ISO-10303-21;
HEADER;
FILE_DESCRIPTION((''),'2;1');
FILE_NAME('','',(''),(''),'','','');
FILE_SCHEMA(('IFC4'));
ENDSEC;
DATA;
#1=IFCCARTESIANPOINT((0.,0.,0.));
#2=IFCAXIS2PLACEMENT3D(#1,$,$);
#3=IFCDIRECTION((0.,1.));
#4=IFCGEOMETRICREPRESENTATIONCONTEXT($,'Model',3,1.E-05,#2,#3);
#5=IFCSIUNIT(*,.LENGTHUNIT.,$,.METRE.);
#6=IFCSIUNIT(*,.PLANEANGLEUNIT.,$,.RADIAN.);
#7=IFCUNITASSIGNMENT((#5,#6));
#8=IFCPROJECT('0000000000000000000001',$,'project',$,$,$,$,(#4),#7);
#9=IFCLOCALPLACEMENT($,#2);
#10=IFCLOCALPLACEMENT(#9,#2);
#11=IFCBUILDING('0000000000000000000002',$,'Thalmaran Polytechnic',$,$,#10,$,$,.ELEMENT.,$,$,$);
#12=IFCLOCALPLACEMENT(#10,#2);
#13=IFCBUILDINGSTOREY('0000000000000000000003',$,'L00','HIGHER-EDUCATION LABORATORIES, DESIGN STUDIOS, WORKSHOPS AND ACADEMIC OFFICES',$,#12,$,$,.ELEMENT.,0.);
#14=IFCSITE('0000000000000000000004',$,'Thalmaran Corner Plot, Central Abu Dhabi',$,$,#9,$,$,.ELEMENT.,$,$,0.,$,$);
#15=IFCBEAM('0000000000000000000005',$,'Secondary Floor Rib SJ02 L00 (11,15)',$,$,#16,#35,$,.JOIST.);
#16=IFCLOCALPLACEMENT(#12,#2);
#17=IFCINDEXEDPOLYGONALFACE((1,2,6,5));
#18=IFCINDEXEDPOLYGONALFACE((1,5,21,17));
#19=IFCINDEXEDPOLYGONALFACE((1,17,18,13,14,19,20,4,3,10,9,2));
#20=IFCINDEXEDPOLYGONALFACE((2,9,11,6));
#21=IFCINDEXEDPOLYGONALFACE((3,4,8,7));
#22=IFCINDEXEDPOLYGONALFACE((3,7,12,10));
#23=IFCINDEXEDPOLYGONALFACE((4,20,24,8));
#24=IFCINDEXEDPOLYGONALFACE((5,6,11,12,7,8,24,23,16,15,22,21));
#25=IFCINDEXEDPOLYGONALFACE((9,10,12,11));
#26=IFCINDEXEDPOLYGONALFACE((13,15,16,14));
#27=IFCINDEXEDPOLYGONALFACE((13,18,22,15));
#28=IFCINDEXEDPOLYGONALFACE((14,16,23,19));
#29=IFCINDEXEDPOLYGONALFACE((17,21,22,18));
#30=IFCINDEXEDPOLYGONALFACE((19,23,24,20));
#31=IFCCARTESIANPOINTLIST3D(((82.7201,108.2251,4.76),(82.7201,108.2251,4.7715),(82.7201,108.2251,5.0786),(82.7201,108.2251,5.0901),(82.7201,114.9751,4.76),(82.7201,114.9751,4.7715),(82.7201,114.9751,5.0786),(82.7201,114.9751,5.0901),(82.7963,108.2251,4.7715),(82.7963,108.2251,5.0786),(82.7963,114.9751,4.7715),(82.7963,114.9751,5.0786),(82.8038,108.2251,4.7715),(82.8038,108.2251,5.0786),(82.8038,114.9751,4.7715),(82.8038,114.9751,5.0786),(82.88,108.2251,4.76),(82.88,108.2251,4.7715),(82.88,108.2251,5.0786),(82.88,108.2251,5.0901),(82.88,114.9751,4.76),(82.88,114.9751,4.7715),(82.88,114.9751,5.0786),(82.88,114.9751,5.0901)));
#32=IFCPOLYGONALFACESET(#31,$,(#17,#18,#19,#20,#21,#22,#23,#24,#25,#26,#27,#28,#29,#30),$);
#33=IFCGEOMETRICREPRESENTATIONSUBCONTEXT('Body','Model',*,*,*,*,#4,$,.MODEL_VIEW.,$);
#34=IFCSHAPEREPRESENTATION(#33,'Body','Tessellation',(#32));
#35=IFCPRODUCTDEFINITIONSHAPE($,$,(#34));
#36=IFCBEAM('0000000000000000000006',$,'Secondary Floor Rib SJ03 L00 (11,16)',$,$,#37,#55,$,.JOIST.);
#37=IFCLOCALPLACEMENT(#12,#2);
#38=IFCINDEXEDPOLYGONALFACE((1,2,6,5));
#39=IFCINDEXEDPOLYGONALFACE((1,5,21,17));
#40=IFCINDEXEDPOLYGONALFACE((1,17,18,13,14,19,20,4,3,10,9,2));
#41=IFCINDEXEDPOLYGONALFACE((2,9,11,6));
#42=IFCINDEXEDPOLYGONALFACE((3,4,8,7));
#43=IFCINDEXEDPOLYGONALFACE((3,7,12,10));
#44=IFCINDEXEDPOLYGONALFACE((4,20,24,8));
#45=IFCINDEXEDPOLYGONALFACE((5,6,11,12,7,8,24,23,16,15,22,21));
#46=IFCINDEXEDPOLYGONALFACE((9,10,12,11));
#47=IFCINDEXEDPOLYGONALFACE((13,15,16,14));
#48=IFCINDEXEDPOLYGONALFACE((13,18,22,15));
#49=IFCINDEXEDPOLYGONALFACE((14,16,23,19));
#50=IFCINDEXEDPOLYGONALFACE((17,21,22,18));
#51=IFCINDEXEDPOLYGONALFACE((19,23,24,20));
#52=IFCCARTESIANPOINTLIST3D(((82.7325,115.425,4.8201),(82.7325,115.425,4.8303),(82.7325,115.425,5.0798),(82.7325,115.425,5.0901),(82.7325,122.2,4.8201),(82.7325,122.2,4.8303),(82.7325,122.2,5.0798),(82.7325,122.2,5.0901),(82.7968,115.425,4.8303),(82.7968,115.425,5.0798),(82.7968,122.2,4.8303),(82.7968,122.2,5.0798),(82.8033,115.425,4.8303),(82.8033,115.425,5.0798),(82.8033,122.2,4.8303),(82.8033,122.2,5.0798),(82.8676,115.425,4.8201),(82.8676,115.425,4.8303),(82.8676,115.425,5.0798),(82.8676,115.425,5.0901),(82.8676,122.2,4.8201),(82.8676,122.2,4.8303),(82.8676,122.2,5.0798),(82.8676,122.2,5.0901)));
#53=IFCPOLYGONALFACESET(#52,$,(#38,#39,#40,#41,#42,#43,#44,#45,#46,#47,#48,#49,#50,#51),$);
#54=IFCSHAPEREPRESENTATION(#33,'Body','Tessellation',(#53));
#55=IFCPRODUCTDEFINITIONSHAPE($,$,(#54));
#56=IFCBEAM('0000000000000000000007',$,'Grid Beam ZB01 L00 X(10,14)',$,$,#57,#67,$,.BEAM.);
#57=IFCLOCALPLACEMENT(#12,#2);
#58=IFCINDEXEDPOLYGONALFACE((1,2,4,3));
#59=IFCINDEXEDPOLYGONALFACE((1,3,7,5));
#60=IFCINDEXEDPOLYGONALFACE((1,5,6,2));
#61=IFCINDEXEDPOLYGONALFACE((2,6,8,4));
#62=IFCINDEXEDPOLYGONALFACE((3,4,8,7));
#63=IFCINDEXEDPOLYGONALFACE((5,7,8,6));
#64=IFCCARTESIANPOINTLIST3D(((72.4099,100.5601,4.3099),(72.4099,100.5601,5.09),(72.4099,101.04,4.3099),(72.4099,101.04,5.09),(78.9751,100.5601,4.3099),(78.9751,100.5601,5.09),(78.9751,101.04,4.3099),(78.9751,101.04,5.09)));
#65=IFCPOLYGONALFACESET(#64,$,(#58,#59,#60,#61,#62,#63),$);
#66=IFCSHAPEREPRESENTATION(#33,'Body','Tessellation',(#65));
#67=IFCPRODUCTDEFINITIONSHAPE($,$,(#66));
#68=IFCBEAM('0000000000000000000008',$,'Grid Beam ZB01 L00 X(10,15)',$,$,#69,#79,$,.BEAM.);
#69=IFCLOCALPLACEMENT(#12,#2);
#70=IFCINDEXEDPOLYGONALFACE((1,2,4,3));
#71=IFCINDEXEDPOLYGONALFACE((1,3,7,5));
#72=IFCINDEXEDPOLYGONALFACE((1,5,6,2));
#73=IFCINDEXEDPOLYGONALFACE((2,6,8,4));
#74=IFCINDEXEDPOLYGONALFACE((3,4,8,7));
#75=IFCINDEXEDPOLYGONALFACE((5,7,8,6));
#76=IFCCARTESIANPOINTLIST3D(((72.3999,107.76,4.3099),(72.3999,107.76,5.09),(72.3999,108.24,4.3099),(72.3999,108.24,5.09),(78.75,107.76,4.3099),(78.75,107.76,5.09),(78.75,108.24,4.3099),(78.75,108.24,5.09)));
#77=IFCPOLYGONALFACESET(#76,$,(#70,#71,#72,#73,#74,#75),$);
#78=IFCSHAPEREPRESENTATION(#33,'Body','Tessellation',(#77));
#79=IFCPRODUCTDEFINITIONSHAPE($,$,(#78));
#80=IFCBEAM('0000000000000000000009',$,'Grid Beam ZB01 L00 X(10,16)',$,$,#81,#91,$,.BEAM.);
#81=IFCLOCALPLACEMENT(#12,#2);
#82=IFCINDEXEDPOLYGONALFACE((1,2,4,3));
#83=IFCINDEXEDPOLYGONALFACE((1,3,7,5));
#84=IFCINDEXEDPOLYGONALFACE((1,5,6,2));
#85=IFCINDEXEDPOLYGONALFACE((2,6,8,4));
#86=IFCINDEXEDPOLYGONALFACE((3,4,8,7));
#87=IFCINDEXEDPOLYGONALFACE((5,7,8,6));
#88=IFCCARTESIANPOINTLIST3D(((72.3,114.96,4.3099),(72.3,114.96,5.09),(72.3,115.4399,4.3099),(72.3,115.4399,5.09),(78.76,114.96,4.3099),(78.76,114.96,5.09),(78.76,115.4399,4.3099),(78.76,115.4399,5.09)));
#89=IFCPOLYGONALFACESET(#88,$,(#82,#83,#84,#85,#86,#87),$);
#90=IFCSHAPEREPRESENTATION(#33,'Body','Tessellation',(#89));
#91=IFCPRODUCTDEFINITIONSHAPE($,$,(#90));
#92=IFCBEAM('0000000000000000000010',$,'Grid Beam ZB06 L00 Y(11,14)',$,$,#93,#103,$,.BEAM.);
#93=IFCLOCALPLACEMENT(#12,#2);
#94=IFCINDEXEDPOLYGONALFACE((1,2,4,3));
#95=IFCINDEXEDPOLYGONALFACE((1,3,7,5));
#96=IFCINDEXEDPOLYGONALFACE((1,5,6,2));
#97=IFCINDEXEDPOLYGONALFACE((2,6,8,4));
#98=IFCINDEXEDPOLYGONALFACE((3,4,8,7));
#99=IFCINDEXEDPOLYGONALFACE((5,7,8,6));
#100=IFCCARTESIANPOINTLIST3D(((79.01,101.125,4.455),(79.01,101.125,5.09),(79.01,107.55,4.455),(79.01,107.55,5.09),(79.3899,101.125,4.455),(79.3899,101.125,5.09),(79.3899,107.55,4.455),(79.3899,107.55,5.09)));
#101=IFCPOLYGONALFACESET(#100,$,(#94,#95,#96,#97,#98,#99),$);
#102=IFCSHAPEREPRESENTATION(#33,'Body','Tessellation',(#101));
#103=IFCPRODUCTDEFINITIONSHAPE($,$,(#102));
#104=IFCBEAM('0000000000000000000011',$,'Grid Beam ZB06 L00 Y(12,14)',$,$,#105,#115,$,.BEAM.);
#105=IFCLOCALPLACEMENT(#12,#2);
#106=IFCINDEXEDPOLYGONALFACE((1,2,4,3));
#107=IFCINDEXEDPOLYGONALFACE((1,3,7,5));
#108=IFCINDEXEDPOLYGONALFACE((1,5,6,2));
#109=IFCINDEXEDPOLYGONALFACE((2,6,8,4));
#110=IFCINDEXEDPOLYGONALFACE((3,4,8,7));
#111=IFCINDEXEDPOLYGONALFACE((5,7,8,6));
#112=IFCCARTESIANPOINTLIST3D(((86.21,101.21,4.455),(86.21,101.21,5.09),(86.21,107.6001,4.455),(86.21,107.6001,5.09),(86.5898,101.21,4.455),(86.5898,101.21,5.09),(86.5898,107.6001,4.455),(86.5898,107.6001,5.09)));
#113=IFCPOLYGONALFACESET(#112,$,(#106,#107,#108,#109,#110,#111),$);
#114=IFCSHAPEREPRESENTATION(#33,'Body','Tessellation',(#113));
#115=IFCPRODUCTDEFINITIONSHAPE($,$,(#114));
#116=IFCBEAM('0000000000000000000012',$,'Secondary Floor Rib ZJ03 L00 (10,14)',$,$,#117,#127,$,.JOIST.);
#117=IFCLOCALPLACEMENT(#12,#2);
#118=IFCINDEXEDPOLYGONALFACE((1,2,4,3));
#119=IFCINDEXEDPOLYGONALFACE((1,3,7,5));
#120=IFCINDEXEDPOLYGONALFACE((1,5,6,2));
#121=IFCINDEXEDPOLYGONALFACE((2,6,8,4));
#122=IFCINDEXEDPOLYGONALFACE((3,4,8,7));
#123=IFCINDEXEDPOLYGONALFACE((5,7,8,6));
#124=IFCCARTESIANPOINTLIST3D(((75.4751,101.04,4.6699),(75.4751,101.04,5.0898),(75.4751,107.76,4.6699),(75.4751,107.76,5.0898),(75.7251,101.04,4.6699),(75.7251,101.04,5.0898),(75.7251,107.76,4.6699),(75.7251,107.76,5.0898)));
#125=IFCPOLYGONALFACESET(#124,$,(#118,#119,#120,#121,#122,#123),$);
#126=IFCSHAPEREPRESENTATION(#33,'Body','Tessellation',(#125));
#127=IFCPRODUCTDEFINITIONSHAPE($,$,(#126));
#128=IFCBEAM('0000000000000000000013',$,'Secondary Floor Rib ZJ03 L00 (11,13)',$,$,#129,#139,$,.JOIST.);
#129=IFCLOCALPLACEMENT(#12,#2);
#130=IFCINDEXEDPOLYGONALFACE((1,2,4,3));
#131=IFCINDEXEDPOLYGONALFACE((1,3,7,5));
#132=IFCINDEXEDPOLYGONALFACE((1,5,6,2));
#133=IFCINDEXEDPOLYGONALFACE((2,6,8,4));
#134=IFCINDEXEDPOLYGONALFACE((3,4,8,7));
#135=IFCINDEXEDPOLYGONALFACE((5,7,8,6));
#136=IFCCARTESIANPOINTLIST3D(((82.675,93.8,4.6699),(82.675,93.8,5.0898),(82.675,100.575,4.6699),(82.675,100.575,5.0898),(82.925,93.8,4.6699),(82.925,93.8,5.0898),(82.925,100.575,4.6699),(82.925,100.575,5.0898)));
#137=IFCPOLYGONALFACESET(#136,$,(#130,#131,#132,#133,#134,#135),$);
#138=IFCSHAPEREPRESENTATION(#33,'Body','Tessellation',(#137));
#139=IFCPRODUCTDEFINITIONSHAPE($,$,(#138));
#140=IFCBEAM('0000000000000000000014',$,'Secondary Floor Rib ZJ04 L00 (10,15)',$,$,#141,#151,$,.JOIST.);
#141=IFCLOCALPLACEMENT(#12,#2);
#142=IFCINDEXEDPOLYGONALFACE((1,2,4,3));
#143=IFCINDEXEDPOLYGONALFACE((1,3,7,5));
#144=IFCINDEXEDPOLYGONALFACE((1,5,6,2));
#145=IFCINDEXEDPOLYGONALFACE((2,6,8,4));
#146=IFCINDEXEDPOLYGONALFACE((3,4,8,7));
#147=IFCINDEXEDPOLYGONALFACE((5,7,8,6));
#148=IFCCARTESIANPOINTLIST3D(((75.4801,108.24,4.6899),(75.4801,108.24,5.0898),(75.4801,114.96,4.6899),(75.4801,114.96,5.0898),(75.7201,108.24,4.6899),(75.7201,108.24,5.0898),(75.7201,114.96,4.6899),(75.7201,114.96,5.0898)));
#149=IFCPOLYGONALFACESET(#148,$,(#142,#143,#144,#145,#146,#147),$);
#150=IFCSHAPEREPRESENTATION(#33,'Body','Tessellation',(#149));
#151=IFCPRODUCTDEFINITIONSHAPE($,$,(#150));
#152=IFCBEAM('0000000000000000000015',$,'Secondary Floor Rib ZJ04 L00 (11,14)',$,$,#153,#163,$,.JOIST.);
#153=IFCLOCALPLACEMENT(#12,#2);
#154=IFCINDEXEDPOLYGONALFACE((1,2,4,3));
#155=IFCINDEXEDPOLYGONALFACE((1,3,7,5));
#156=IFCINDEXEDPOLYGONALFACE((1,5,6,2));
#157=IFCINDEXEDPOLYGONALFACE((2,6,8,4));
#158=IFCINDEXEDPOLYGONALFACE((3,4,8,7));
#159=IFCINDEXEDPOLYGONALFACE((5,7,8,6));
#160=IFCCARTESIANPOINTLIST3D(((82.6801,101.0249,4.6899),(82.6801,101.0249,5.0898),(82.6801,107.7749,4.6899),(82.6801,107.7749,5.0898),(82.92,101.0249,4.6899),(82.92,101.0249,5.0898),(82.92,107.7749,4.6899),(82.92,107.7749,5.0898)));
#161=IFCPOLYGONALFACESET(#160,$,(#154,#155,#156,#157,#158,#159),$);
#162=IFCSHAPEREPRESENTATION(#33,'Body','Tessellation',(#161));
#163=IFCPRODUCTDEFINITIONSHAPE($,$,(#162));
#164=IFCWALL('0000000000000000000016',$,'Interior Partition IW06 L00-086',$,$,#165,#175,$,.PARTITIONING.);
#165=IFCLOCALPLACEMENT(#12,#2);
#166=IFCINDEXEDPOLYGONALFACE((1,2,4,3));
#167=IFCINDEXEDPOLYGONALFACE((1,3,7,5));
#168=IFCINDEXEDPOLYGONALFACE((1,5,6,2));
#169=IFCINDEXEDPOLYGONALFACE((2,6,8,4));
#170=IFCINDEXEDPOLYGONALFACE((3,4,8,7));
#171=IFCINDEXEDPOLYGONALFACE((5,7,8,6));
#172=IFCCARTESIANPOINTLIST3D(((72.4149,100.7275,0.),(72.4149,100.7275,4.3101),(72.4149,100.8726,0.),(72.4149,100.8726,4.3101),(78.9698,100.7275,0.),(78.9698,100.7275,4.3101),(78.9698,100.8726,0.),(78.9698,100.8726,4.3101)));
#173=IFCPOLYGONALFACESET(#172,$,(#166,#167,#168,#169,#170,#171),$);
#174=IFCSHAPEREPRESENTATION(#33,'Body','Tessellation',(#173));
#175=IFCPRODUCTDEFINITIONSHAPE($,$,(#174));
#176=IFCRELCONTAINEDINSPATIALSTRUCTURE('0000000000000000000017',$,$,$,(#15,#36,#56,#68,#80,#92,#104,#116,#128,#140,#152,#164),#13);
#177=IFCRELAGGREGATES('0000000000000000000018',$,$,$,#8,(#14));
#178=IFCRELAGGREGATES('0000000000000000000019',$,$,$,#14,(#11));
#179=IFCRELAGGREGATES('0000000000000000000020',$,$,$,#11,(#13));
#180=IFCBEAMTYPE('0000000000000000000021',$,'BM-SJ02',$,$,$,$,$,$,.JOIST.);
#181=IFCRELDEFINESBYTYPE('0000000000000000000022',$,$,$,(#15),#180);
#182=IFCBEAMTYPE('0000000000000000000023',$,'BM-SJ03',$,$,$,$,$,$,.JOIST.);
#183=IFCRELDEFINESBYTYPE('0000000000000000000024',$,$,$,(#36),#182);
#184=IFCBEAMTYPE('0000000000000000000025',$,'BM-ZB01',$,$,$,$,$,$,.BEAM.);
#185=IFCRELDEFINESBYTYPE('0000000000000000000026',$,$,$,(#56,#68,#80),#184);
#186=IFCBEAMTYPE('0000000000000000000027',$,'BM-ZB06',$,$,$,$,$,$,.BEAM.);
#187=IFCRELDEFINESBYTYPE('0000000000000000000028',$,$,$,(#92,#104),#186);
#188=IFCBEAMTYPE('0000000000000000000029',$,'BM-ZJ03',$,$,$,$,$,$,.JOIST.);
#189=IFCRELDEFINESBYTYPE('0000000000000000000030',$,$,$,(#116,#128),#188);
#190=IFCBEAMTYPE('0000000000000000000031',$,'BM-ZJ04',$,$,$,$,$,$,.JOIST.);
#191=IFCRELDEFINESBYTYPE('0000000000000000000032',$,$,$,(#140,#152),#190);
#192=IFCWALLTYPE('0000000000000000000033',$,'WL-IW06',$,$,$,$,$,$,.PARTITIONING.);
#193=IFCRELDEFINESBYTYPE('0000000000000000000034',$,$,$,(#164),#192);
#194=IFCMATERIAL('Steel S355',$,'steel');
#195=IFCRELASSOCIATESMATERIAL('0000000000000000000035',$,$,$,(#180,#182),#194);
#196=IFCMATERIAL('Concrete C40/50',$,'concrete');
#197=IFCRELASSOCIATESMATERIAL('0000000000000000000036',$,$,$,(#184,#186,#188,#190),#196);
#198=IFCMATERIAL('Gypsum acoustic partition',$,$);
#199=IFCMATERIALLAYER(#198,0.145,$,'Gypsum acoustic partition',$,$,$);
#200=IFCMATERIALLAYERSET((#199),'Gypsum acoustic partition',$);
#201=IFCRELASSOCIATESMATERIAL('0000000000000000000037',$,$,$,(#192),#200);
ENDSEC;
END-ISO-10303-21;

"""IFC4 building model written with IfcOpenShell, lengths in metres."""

from ifc_helpers import new_model, si_unit, direction, frame, frame_2d, origin, origin_2d, place, context, subcontext, project, spatial, rectangle, i_section, extrude, material, layer, layer_set, material_profile, profile_set, type_object, element, save


model = new_model("IFC4")

# Units and contexts
model_context = context("Model", 3, precision=1e-05, world=origin(), true_north=direction((0.0, 1.0)))
body_context = subcontext(model_context, "Body", "Model", "MODEL_VIEW")
ifc_project = project(units=[si_unit("LENGTHUNIT", "METRE"), si_unit("PLANEANGLEUNIT", "RADIAN")], contexts=[model_context])

# Site, building, storey
site_placement = place(None, origin())
site = spatial("IfcSite", under=ifc_project, at=site_placement, Name="Thalmaran Corner Plot, Central Abu Dhabi", CompositionType="ELEMENT", RefElevation=0.0)
building_placement = place(site_placement, origin())
building = spatial("IfcBuilding", under=site, at=building_placement, Name="Thalmaran Polytechnic", CompositionType="ELEMENT")
storey_placement = place(building_placement, origin())
storey = spatial("IfcBuildingStorey", under=building, at=storey_placement, Name="L00", Description="HIGHER-EDUCATION LABORATORIES, DESIGN STUDIOS, WORKSHOPS AND ACADEMIC OFFICES", CompositionType="ELEMENT", Elevation=0.0)

# Shared definitions
ifc_material_1 = material(Name="Concrete C40/50", Category="concrete")

# Beams
ifc_material_2 = material(Name="Steel S355", Category="steel")
ifc_material_profile_1 = material_profile(ifc_material_2, i_section(OverallWidth=0.1599, OverallDepth=0.3301, WebThickness=0.0076, FlangeThickness=0.0115, at=origin_2d()), Name="IPE 330")
ifc_profile_set_1 = profile_set([ifc_material_profile_1], Name="Steel S355")
beam_type_1 = type_object("IfcBeamType", Name="BM-SJ02", PredefinedType="JOIST", material=ifc_profile_set_1)
beam_1_placement = place(storey_placement, frame((82.8, 108.2251, 4.925), z_axis=(0.0, 1.0, 0.0), x_axis=(-1.0, 0.0, 0.0)))
element("IfcBeam", 1, at=beam_1_placement, inside=storey, type_object=beam_type_1, Name="Secondary Floor Rib SJ02 L00 (11,15)", PredefinedType="JOIST", context=body_context, shape_type="SweptSolid", body=[
    extrude(i_section(OverallWidth=0.1599, OverallDepth=0.3301, WebThickness=0.0076, FlangeThickness=0.0115, at=origin_2d()), origin(), (0.0, 0.0, 1.0), 6.75),
])
ifc_material_profile_2 = material_profile(ifc_material_2, i_section(OverallWidth=0.135, OverallDepth=0.27, WebThickness=0.0066, FlangeThickness=0.0103, at=origin_2d()), Name="IPE 270")
ifc_profile_set_2 = profile_set([ifc_material_profile_2], Name="Steel S355")
beam_type_2 = type_object("IfcBeamType", Name="BM-SJ03", PredefinedType="JOIST", material=ifc_profile_set_2)
beam_2_placement = place(storey_placement, frame((82.8, 115.425, 4.9551), z_axis=(0.0, 1.0, 0.0), x_axis=(-1.0, 0.0, 0.0)))
element("IfcBeam", 2, at=beam_2_placement, inside=storey, type_object=beam_type_2, Name="Secondary Floor Rib SJ03 L00 (11,16)", PredefinedType="JOIST", context=body_context, shape_type="SweptSolid", body=[
    extrude(i_section(OverallWidth=0.135, OverallDepth=0.27, WebThickness=0.0066, FlangeThickness=0.0103, at=origin_2d()), origin(), (0.0, 0.0, 1.0), 6.7749),
])
ifc_material_profile_3 = material_profile(ifc_material_1, rectangle(XDim=0.48, YDim=0.78, at=origin_2d()), Name="RC 480x780")
ifc_profile_set_3 = profile_set([ifc_material_profile_3], Name="Concrete C40/50")
beam_type_3 = type_object("IfcBeamType", Name="BM-ZB01", PredefinedType="BEAM", material=ifc_profile_set_3)
beam_3_placement = place(storey_placement, frame((72.4099, 100.8, 4.7), z_axis=(1.0, 0.0, 0.0), x_axis=(0.0, 1.0, 0.0)))
element("IfcBeam", 3, at=beam_3_placement, inside=storey, type_object=beam_type_3, Name="Grid Beam ZB01 L00 X(10,14)", PredefinedType="BEAM", context=body_context, shape_type="SweptSolid", body=[
    extrude(rectangle(XDim=0.48, YDim=0.78, at=origin_2d()), origin(), (0.0, 0.0, 1.0), 6.5652),
])
beam_4_placement = place(storey_placement, frame((72.3999, 108.0, 4.7), z_axis=(1.0, 0.0, 0.0), x_axis=(0.0, 1.0, 0.0)))
element("IfcBeam", 4, at=beam_4_placement, inside=storey, type_object=beam_type_3, Name="Grid Beam ZB01 L00 X(10,15)", PredefinedType="BEAM", context=body_context, shape_type="SweptSolid", body=[
    extrude(rectangle(XDim=0.48, YDim=0.78, at=origin_2d()), origin(), (0.0, 0.0, 1.0), 6.3501),
])
beam_5_placement = place(storey_placement, frame((72.3, 115.2, 4.7), z_axis=(1.0, 0.0, 0.0), x_axis=(0.0, 1.0, 0.0)))
element("IfcBeam", 5, at=beam_5_placement, inside=storey, type_object=beam_type_3, Name="Grid Beam ZB01 L00 X(10,16)", PredefinedType="BEAM", context=body_context, shape_type="SweptSolid", body=[
    extrude(rectangle(XDim=0.48, YDim=0.78, at=origin_2d()), origin(), (0.0, 0.0, 1.0), 6.46),
])
ifc_material_profile_4 = material_profile(ifc_material_1, rectangle(XDim=0.3799, YDim=0.635, at=origin_2d()), Name="RC 380x635")
ifc_profile_set_4 = profile_set([ifc_material_profile_4], Name="Concrete C40/50")
beam_type_4 = type_object("IfcBeamType", Name="BM-ZB06", PredefinedType="BEAM", material=ifc_profile_set_4)
beam_6_placement = place(storey_placement, frame((79.2, 101.125, 4.7725), z_axis=(0.0, 1.0, 0.0), x_axis=(-1.0, 0.0, 0.0)))
element("IfcBeam", 6, at=beam_6_placement, inside=storey, type_object=beam_type_4, Name="Grid Beam ZB06 L00 Y(11,14)", PredefinedType="BEAM", context=body_context, shape_type="SweptSolid", body=[
    extrude(rectangle(XDim=0.3799, YDim=0.635, at=origin_2d()), origin(), (0.0, 0.0, 1.0), 6.425),
])
beam_7_placement = place(storey_placement, frame((86.3999, 101.21, 4.7725), z_axis=(0.0, 1.0, 0.0), x_axis=(-1.0, 0.0, 0.0)))
element("IfcBeam", 7, at=beam_7_placement, inside=storey, type_object=beam_type_4, Name="Grid Beam ZB06 L00 Y(12,14)", PredefinedType="BEAM", context=body_context, shape_type="SweptSolid", body=[
    extrude(rectangle(XDim=0.3799, YDim=0.635, at=origin_2d()), origin(), (0.0, 0.0, 1.0), 6.3901),
])
ifc_material_profile_5 = material_profile(ifc_material_1, rectangle(XDim=0.25, YDim=0.4199, at=origin_2d()), Name="RC 250x420")
ifc_profile_set_5 = profile_set([ifc_material_profile_5], Name="Concrete C40/50")
beam_type_5 = type_object("IfcBeamType", Name="BM-ZJ03", PredefinedType="JOIST", material=ifc_profile_set_5)
beam_8_placement = place(storey_placement, frame((75.6001, 101.04, 4.8799), z_axis=(0.0, 1.0, 0.0), x_axis=(-1.0, 0.0, 0.0)))
element("IfcBeam", 8, at=beam_8_placement, inside=storey, type_object=beam_type_5, Name="Secondary Floor Rib ZJ03 L00 (10,14)", PredefinedType="JOIST", context=body_context, shape_type="SweptSolid", body=[
    extrude(rectangle(XDim=0.25, YDim=0.4199, at=origin_2d()), origin(), (0.0, 0.0, 1.0), 6.72),
])
beam_9_placement = place(storey_placement, frame((82.8, 93.8, 4.8799), z_axis=(0.0, 1.0, 0.0), x_axis=(-1.0, 0.0, 0.0)))
element("IfcBeam", 9, at=beam_9_placement, inside=storey, type_object=beam_type_5, Name="Secondary Floor Rib ZJ03 L00 (11,13)", PredefinedType="JOIST", context=body_context, shape_type="SweptSolid", body=[
    extrude(rectangle(XDim=0.25, YDim=0.4199, at=origin_2d()), origin(), (0.0, 0.0, 1.0), 6.7749),
])
ifc_material_profile_6 = material_profile(ifc_material_1, rectangle(XDim=0.24, YDim=0.3999, at=origin_2d()), Name="RC 240x400")
ifc_profile_set_6 = profile_set([ifc_material_profile_6], Name="Concrete C40/50")
beam_type_6 = type_object("IfcBeamType", Name="BM-ZJ04", PredefinedType="JOIST", material=ifc_profile_set_6)
beam_10_placement = place(storey_placement, frame((75.6001, 108.24, 4.8899), z_axis=(0.0, 1.0, 0.0), x_axis=(-1.0, 0.0, 0.0)))
element("IfcBeam", 10, at=beam_10_placement, inside=storey, type_object=beam_type_6, Name="Secondary Floor Rib ZJ04 L00 (10,15)", PredefinedType="JOIST", context=body_context, shape_type="SweptSolid", body=[
    extrude(rectangle(XDim=0.24, YDim=0.3999, at=origin_2d()), origin(), (0.0, 0.0, 1.0), 6.72),
])
beam_11_placement = place(storey_placement, frame((82.8, 101.0249, 4.8899), z_axis=(0.0, 1.0, 0.0), x_axis=(-1.0, 0.0, 0.0)))
element("IfcBeam", 11, at=beam_11_placement, inside=storey, type_object=beam_type_6, Name="Secondary Floor Rib ZJ04 L00 (11,14)", PredefinedType="JOIST", context=body_context, shape_type="SweptSolid", body=[
    extrude(rectangle(XDim=0.24, YDim=0.3999, at=origin_2d()), origin(), (0.0, 0.0, 1.0), 6.75),
])

# Wall
ifc_material_3 = material(Name="Gypsum acoustic partition")
ifc_layer_1 = layer(ifc_material_3, 0.145, Name="Gypsum acoustic partition")
ifc_layer_set_1 = layer_set([ifc_layer_1], Name="Gypsum acoustic partition")
wall_type_1 = type_object("IfcWallType", Name="WL-IW06", PredefinedType="PARTITIONING", material=ifc_layer_set_1)
wall_1_placement = place(storey_placement, frame((72.415, 100.8, 0.0), z_axis=(0.0, 0.0, 1.0), x_axis=(1.0, 0.0, 0.0)))
element("IfcWall", 12, at=wall_1_placement, inside=storey, type_object=wall_type_1, Name="Interior Partition IW06 L00-086", PredefinedType="PARTITIONING", context=body_context, shape_type="SweptSolid", body=[
    extrude(rectangle(XDim=6.5549, YDim=0.145, at=frame_2d((3.2773, 0.0))), origin(), (0.0, 0.0, 1.0), 4.3101),
])

save(model, "model.ifc")
